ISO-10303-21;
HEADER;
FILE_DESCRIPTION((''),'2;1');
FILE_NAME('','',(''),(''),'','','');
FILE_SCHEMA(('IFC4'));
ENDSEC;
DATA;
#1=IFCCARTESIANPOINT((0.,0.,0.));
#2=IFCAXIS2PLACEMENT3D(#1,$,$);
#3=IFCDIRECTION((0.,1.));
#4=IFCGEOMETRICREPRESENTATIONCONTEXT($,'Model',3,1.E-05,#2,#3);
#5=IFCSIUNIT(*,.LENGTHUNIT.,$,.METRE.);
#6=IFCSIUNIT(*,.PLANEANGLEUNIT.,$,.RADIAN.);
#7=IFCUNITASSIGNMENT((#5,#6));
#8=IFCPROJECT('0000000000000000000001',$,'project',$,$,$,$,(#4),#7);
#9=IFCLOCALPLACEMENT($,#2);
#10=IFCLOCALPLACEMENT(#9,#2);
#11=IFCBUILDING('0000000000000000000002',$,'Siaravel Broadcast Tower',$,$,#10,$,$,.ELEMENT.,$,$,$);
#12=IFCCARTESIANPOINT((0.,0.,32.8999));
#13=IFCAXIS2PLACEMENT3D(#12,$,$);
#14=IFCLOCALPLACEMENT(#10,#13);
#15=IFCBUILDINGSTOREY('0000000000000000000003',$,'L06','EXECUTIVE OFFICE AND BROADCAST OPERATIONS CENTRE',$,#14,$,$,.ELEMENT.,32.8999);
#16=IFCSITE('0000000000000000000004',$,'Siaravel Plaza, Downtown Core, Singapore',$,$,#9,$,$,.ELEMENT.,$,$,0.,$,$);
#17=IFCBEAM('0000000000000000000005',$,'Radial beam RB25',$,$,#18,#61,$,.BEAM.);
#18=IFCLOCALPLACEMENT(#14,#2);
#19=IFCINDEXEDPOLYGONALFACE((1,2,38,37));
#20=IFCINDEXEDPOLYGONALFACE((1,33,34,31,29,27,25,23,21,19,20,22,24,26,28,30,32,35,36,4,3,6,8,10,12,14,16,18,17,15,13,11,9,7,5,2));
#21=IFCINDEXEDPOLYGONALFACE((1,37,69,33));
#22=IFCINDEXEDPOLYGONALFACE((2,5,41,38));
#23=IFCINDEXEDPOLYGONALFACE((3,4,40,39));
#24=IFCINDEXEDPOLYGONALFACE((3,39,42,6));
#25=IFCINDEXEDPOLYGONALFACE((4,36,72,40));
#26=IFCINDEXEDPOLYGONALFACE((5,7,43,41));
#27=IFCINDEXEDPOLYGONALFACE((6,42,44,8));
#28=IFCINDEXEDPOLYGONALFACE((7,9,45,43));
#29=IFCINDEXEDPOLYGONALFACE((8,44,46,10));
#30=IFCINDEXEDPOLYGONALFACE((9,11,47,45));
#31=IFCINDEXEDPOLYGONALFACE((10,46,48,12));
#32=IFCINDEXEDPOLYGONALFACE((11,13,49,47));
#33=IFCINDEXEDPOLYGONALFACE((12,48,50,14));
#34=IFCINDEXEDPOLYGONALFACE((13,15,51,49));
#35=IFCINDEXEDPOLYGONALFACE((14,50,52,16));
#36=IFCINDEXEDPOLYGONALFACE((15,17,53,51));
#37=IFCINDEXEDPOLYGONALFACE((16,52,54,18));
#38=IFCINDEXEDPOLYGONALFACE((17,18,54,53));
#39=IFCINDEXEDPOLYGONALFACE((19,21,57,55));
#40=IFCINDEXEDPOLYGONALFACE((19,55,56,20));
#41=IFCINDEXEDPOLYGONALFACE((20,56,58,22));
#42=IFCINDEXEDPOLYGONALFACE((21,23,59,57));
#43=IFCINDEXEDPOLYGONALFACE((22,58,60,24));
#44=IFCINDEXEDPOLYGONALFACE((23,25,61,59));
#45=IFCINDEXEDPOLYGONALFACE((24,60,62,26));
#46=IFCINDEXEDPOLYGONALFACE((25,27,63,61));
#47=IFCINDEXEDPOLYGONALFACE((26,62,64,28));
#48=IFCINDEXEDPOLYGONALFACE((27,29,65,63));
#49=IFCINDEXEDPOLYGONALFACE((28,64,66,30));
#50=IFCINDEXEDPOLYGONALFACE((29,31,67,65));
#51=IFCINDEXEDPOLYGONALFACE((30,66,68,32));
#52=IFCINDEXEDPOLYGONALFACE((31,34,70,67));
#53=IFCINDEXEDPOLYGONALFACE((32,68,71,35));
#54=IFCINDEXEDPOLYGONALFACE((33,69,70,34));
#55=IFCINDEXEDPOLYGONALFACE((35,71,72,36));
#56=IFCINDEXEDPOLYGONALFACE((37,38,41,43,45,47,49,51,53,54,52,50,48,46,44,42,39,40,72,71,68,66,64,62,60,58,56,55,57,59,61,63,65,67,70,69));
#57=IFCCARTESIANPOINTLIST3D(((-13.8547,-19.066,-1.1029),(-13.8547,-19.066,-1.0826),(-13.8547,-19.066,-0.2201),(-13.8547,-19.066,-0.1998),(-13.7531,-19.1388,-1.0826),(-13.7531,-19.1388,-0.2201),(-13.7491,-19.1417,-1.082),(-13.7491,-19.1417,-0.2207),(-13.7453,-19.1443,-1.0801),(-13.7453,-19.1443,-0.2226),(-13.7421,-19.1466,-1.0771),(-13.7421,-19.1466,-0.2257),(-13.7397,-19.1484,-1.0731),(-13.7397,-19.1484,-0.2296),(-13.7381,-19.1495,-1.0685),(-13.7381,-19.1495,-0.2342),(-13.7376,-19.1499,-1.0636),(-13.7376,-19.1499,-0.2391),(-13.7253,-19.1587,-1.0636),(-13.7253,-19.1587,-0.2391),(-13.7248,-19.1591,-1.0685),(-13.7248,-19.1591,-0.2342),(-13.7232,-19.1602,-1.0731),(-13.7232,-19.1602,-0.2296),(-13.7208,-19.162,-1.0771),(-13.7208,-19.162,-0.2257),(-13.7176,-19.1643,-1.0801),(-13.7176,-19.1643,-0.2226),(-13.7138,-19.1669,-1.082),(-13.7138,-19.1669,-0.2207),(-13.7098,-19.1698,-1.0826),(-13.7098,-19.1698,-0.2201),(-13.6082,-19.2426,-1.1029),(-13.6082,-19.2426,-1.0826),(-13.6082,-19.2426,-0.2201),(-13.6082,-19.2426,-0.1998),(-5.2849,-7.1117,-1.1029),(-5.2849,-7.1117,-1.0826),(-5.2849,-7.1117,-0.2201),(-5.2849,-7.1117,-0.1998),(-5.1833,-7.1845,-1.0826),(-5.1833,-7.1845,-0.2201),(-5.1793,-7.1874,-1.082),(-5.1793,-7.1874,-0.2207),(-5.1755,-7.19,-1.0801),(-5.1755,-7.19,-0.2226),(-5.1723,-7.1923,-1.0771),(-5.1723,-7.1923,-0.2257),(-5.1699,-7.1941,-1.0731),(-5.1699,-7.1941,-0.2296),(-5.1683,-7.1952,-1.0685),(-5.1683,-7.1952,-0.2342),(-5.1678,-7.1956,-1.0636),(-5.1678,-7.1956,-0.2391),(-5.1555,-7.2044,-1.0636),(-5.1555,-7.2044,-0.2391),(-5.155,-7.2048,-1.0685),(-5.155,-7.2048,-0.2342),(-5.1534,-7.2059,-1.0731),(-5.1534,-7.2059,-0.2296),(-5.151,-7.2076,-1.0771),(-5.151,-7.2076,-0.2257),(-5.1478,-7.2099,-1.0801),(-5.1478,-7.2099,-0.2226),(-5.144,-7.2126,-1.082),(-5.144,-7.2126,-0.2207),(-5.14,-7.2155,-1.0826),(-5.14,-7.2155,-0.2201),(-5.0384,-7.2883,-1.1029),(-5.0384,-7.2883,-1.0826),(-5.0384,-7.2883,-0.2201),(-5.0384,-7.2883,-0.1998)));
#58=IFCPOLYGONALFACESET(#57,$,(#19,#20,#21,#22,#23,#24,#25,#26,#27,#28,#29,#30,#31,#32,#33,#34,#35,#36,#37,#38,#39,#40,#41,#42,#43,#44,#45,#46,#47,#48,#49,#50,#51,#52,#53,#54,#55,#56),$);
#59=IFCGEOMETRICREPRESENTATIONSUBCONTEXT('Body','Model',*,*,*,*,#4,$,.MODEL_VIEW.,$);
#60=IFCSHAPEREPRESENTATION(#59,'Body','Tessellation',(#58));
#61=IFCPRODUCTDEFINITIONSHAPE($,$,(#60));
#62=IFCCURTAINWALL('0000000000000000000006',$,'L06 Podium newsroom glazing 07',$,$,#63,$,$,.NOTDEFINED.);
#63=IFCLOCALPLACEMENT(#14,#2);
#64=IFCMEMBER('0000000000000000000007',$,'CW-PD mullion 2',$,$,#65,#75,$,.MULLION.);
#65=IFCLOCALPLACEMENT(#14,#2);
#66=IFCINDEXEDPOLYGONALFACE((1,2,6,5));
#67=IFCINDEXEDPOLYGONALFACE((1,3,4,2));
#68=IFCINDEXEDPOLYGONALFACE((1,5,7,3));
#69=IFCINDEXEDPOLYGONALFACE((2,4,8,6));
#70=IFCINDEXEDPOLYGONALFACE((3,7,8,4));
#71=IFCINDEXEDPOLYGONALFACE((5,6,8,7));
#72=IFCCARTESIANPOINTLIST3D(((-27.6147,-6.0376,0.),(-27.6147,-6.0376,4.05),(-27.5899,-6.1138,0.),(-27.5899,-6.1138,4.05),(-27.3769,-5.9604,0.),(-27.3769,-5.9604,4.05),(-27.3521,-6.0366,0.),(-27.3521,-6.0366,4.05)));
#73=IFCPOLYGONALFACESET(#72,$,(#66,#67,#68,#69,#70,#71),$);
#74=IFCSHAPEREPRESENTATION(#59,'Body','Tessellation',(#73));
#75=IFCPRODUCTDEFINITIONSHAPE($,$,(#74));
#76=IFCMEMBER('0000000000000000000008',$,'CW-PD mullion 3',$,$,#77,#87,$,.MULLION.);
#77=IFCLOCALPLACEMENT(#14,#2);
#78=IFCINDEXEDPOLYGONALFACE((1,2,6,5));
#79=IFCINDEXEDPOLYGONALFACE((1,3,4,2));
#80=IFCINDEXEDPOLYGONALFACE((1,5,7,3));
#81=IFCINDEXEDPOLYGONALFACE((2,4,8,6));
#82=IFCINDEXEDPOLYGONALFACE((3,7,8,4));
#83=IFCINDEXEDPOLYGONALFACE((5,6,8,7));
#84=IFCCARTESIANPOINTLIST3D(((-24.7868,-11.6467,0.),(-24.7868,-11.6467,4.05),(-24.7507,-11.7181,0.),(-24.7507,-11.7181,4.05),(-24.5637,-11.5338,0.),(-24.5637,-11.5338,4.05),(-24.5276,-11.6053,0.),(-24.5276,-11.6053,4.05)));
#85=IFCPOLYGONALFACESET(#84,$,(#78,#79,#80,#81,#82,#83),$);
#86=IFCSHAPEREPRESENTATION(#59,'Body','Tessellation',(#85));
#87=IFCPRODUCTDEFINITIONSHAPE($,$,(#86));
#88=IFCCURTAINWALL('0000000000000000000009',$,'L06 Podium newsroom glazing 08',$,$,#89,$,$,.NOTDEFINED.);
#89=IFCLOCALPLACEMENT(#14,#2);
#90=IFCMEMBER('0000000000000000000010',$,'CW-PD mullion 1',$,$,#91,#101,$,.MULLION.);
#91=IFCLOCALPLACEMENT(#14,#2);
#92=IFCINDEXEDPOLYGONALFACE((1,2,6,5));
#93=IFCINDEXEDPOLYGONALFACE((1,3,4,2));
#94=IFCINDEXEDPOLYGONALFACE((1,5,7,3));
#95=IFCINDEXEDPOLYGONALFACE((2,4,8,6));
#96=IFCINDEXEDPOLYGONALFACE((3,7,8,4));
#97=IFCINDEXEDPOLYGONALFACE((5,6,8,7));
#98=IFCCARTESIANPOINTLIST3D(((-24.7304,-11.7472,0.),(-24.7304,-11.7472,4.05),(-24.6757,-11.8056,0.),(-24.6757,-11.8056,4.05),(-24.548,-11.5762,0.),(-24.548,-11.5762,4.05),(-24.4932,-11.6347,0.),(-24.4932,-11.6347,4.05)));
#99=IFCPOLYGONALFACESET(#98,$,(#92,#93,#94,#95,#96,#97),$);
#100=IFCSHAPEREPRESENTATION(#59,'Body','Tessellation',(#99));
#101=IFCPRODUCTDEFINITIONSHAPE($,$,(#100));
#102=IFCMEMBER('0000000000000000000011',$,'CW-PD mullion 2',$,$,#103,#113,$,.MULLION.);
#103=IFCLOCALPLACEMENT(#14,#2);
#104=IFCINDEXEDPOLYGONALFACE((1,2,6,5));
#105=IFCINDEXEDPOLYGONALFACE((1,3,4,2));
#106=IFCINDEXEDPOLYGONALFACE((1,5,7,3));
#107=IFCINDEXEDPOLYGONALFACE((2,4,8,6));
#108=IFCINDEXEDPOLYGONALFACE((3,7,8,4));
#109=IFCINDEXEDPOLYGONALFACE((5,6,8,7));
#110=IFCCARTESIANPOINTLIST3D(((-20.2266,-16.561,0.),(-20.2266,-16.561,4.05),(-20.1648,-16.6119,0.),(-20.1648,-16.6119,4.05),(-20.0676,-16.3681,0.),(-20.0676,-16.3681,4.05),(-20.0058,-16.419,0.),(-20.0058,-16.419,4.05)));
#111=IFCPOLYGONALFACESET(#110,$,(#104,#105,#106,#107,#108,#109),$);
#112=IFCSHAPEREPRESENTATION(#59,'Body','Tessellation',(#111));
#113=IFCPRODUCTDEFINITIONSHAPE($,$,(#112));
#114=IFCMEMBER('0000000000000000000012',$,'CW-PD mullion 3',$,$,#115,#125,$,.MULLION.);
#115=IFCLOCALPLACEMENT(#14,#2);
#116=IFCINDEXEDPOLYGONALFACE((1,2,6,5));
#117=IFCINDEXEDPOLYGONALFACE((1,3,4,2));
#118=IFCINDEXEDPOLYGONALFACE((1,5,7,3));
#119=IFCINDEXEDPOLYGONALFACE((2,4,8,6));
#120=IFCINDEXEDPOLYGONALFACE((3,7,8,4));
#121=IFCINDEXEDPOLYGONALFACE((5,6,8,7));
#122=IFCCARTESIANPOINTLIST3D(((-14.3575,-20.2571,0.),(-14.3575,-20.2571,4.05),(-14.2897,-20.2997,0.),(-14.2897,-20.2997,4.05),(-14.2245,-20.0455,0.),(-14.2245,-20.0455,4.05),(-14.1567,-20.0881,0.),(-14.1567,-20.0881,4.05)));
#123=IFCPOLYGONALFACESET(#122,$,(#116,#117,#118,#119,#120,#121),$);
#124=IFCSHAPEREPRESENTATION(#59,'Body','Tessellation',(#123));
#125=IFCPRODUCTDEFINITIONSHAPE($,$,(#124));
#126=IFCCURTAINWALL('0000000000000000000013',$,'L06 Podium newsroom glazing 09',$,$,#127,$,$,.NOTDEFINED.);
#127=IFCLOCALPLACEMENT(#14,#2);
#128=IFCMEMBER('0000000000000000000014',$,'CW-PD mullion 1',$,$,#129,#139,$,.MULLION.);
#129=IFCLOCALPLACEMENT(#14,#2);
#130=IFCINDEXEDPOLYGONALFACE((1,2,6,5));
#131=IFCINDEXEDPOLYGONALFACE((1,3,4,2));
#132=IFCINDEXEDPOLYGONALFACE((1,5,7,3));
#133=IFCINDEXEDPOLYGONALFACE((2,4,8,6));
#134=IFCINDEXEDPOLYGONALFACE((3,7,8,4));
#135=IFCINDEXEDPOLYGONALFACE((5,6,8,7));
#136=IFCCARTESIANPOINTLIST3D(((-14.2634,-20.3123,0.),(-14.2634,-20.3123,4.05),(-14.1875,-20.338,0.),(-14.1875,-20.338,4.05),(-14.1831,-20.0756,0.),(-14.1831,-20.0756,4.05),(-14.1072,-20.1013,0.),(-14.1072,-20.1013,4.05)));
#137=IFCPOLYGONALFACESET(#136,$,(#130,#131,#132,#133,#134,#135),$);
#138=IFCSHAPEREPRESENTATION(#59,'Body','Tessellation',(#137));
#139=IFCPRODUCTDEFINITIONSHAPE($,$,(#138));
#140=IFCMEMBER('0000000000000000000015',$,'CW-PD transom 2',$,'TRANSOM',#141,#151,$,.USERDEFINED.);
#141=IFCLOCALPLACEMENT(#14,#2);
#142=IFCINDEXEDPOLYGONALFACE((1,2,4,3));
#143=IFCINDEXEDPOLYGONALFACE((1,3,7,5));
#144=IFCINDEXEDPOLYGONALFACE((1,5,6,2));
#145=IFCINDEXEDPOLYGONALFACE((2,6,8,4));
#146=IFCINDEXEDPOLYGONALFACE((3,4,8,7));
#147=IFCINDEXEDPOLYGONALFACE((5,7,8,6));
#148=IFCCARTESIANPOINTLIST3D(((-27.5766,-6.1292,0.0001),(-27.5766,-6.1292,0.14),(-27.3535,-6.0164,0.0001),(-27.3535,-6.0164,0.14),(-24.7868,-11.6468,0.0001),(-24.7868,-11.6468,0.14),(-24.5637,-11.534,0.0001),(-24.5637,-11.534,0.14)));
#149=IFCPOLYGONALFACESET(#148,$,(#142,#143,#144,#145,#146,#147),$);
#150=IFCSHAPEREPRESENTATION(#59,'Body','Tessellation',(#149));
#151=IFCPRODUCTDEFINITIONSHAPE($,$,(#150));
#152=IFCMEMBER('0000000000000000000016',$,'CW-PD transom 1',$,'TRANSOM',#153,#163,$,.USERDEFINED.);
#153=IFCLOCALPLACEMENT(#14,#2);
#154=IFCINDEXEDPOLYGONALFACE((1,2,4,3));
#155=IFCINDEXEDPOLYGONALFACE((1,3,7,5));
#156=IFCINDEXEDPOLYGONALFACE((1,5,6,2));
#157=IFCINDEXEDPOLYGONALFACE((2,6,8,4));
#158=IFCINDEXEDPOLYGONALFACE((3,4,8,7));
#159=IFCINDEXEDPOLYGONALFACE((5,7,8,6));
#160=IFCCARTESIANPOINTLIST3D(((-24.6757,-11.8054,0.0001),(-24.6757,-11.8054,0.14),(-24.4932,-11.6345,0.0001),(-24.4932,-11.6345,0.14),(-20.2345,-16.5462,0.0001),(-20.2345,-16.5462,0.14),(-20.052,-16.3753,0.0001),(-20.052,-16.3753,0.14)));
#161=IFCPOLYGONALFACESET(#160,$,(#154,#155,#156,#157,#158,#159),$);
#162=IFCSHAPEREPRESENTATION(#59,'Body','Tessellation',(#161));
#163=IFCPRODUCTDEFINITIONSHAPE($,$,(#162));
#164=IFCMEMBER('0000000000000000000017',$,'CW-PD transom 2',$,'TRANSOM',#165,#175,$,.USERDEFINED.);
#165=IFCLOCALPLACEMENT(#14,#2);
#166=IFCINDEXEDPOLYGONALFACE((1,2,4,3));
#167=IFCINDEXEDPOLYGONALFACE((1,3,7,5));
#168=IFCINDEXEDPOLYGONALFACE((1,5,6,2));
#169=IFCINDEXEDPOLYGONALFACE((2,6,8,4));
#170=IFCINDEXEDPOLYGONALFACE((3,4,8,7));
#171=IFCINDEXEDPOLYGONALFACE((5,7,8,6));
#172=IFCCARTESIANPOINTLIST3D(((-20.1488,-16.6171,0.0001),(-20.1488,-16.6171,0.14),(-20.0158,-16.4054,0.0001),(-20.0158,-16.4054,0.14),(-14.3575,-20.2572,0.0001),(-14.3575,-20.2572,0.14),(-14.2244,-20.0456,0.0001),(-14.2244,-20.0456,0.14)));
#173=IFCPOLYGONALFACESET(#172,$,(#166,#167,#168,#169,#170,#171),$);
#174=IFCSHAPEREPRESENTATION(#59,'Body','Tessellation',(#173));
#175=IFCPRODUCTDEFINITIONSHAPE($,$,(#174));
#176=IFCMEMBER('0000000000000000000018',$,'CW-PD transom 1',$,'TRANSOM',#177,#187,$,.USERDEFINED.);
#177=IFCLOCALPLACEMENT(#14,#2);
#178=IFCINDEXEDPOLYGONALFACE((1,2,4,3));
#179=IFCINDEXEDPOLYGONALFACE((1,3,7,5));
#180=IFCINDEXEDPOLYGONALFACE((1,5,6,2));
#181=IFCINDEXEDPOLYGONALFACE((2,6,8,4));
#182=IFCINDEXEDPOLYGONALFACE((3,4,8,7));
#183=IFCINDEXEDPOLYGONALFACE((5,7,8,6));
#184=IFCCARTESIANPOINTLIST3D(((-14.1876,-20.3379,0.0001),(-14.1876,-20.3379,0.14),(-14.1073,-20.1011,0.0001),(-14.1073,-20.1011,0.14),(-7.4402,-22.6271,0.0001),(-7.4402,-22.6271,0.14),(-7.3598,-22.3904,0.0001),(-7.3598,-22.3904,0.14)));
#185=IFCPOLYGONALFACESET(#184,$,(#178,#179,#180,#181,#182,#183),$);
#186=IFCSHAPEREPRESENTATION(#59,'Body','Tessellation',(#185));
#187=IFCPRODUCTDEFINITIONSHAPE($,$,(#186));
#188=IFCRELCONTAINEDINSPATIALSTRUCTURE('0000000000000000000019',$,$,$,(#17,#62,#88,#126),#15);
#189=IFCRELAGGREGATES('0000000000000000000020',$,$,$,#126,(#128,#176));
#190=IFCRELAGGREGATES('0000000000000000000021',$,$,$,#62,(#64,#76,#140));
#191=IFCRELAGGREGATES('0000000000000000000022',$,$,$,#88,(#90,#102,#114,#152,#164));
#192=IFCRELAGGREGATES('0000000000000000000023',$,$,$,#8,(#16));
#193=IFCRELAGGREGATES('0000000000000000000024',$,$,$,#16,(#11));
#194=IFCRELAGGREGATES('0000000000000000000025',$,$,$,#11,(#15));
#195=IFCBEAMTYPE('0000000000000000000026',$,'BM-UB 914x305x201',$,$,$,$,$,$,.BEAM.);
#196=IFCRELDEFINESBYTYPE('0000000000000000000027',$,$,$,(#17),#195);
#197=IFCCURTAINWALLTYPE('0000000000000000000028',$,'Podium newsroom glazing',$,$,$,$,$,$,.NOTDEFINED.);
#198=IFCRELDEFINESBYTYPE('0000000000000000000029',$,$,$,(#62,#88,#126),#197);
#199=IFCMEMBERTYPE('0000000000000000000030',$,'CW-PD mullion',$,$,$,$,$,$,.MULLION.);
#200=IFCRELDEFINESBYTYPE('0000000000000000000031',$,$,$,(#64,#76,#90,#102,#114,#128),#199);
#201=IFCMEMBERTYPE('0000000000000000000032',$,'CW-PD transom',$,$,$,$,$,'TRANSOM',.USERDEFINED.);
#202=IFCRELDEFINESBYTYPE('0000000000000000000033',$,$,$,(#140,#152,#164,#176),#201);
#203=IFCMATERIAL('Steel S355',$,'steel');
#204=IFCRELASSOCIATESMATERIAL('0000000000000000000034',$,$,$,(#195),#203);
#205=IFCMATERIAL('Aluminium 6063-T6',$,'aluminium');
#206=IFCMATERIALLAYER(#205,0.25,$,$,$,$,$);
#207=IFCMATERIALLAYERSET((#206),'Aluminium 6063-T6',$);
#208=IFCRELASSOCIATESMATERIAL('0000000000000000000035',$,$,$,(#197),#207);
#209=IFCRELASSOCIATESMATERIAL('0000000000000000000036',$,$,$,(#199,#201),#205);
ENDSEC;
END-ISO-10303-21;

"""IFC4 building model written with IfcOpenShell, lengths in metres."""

from ifc_helpers import new_model, si_unit, direction, frame, origin, origin_2d, place, context, subcontext, project, spatial, rectangle, i_section, extrude, material, layer, layer_set, material_profile, profile_set, type_object, element, aggregate, save


model = new_model("IFC4")

# Units and contexts
model_context = context("Model", 3, precision=1e-05, world=origin(), true_north=direction((0.0, 1.0)))
body_context = subcontext(model_context, "Body", "Model", "MODEL_VIEW")
ifc_project = project(units=[si_unit("LENGTHUNIT", "METRE"), si_unit("PLANEANGLEUNIT", "RADIAN")], contexts=[model_context])

# Site, building, storey
site_placement = place(None, origin())
site = spatial("IfcSite", under=ifc_project, at=site_placement, Name="Siaravel Plaza, Downtown Core, Singapore", CompositionType="ELEMENT", RefElevation=0.0)
building_placement = place(site_placement, origin())
building = spatial("IfcBuilding", under=site, at=building_placement, Name="Siaravel Broadcast Tower", CompositionType="ELEMENT")
storey_placement = place(building_placement, frame((0.0, 0.0, 32.8999)))
storey = spatial("IfcBuildingStorey", under=building, at=storey_placement, Name="L06", Description="EXECUTIVE OFFICE AND BROADCAST OPERATIONS CENTRE", CompositionType="ELEMENT", Elevation=32.8999)

# Beam
ifc_material_1 = material(Name="Steel S355", Category="steel")
ifc_material_profile_1 = material_profile(ifc_material_1, i_section(OverallWidth=0.3032, OverallDepth=0.9031, WebThickness=0.0151, FlangeThickness=0.0203, FilletRadius=0.019, at=origin_2d()))
ifc_profile_set_1 = profile_set([ifc_material_profile_1], Name="Steel S355")
beam_type = type_object("IfcBeamType", Name="BM-UB 914x305x201", PredefinedType="BEAM", material=ifc_profile_set_1)
beam_1_placement = place(storey_placement, frame((-13.7314, -19.1543, -0.6514), z_axis=(0.582633, 0.812735, 0.0), x_axis=(-0.812735, 0.582633, 0.0)))
element("IfcBeam", 1, at=beam_1_placement, inside=storey, type_object=beam_type, Name="Radial beam RB25", PredefinedType="BEAM", context=body_context, shape_type="SweptSolid", body=[
    extrude(i_section(OverallWidth=0.3032, OverallDepth=0.9031, WebThickness=0.0151, FlangeThickness=0.0203, FilletRadius=0.019, at=origin_2d()), origin(), (0.0, 0.0, 1.0), 14.7087),
])

# Curtain walls, members
ifc_material_2 = material(Name="Aluminium 6063-T6", Category="aluminium")
ifc_layer_1 = layer(ifc_material_2, 0.25)
ifc_layer_set_1 = layer_set([ifc_layer_1], Name="Aluminium 6063-T6")
curtain_wall_type = type_object("IfcCurtainWallType", Name="Podium newsroom glazing", PredefinedType="NOTDEFINED", material=ifc_layer_set_1)
curtain_wall_1_placement = place(storey_placement, origin())
curtain_wall_1 = element("IfcCurtainWall", 2, at=curtain_wall_1_placement, inside=storey, type_object=curtain_wall_type, Name="L06 Podium newsroom glazing 07", PredefinedType="NOTDEFINED")
ifc_material_profile_2 = material_profile(ifc_material_2, rectangle(XDim=0.25, YDim=0.0801, at=origin_2d()))
ifc_profile_set_2 = profile_set([ifc_material_profile_2], Name="Aluminium 6063-T6")
member_type_1 = type_object("IfcMemberType", Name="CW-PD mullion", PredefinedType="MULLION", material=ifc_profile_set_2)
member_1_placement = place(storey_placement, frame((-27.4834, -6.0371, 0.0), z_axis=(0.0, 0.0, 1.0), x_axis=(0.951177, 0.308646, 0.0)))
member_1 = element("IfcMember", 3, at=member_1_placement, type_object=member_type_1, Name="CW-PD mullion 2", PredefinedType="MULLION", context=body_context, shape_type="SweptSolid", body=[
    extrude(rectangle(XDim=0.25, YDim=0.0801, at=origin_2d()), origin(), (0.0, 0.0, 1.0), 4.05),
])
member_2_placement = place(storey_placement, frame((-24.6572, -11.626, 0.0), z_axis=(0.0, 0.0, 1.0), x_axis=(0.892391, 0.451262, 0.0)))
member_2 = element("IfcMember", 4, at=member_2_placement, type_object=member_type_1, Name="CW-PD mullion 3", PredefinedType="MULLION", context=body_context, shape_type="SweptSolid", body=[
    extrude(rectangle(XDim=0.25, YDim=0.0801, at=origin_2d()), origin(), (0.0, 0.0, 1.0), 4.05),
])
curtain_wall_2_placement = place(storey_placement, origin())
curtain_wall_2 = element("IfcCurtainWall", 5, at=curtain_wall_2_placement, inside=storey, type_object=curtain_wall_type, Name="L06 Podium newsroom glazing 08", PredefinedType="NOTDEFINED")
member_3_placement = place(storey_placement, frame((-24.6118, -11.6909, 0.0), z_axis=(0.0, 0.0, 1.0), x_axis=(0.729804, 0.683656, 0.0)))
member_3 = element("IfcMember", 6, at=member_3_placement, type_object=member_type_1, Name="CW-PD mullion 1", PredefinedType="MULLION", context=body_context, shape_type="SweptSolid", body=[
    extrude(rectangle(XDim=0.25, YDim=0.0801, at=origin_2d()), origin(), (0.0, 0.0, 1.0), 4.05),
])
member_4_placement = place(storey_placement, frame((-20.1162, -16.49, 0.0), z_axis=(0.0, 0.0, 1.0), x_axis=(0.636218, 0.77151, 0.0)))
member_4 = element("IfcMember", 7, at=member_4_placement, type_object=member_type_1, Name="CW-PD mullion 2", PredefinedType="MULLION", context=body_context, shape_type="SweptSolid", body=[
    extrude(rectangle(XDim=0.25, YDim=0.0801, at=origin_2d()), origin(), (0.0, 0.0, 1.0), 4.05),
])
member_5_placement = place(storey_placement, frame((-14.2571, -20.1726, 0.0), z_axis=(0.0, 0.0, 1.0), x_axis=(0.532148, 0.846651, 0.0)))
member_5 = element("IfcMember", 8, at=member_5_placement, type_object=member_type_1, Name="CW-PD mullion 3", PredefinedType="MULLION", context=body_context, shape_type="SweptSolid", body=[
    extrude(rectangle(XDim=0.25, YDim=0.0801, at=origin_2d()), origin(), (0.0, 0.0, 1.0), 4.05),
])

# Curtain wall, member
curtain_wall_3_placement = place(storey_placement, origin())
curtain_wall_3 = element("IfcCurtainWall", 9, at=curtain_wall_3_placement, inside=storey, type_object=curtain_wall_type, Name="L06 Podium newsroom glazing 09", PredefinedType="NOTDEFINED")
member_6_placement = place(storey_placement, frame((-14.1853, -20.2068, 0.0), z_axis=(0.0, 0.0, 1.0), x_axis=(0.3213, 0.946977, 0.0)))
member_6 = element("IfcMember", 10, at=member_6_placement, type_object=member_type_1, Name="CW-PD mullion 1", PredefinedType="MULLION", context=body_context, shape_type="SweptSolid", body=[
    extrude(rectangle(XDim=0.25, YDim=0.0801, at=origin_2d()), origin(), (0.0, 0.0, 1.0), 4.05),
])

# Members
ifc_material_profile_3 = material_profile(ifc_material_2, rectangle(XDim=0.25, YDim=0.1399, at=origin_2d()))
ifc_profile_set_3 = profile_set([ifc_material_profile_3], Name="Aluminium 6063-T6")
member_type_2 = type_object("IfcMemberType", Name="CW-PD transom", ElementType="TRANSOM", PredefinedType="USERDEFINED", material=ifc_profile_set_3)
member_7_placement = place(storey_placement, frame((-27.4651, -6.0728, 0.0701), z_axis=(0.451221, -0.892412, 0.0), x_axis=(0.892412, 0.451221, 0.0)))
member_7 = element("IfcMember", 11, at=member_7_placement, type_object=member_type_2, Name="CW-PD transom 2", ObjectType="TRANSOM", PredefinedType="USERDEFINED", context=body_context, shape_type="SweptSolid", body=[
    extrude(rectangle(XDim=0.25, YDim=0.1399, at=origin_2d()), origin(), (0.0, 0.0, 1.0), 6.1829),
])
member_8_placement = place(storey_placement, frame((-24.5845, -11.72, 0.0701), z_axis=(0.683674, -0.729788, 0.0), x_axis=(0.729788, 0.683674, 0.0)))
member_8 = element("IfcMember", 12, at=member_8_placement, type_object=member_type_2, Name="CW-PD transom 1", ObjectType="TRANSOM", PredefinedType="USERDEFINED", context=body_context, shape_type="SweptSolid", body=[
    extrude(rectangle(XDim=0.25, YDim=0.1399, at=origin_2d()), origin(), (0.0, 0.0, 1.0), 6.4961),
])
member_9_placement = place(storey_placement, frame((-20.0823, -16.5112, 0.0701), z_axis=(0.846642, -0.532163, 0.0), x_axis=(0.532163, 0.846642, 0.0)))
member_9 = element("IfcMember", 13, at=member_9_placement, type_object=member_type_2, Name="CW-PD transom 2", ObjectType="TRANSOM", PredefinedType="USERDEFINED", context=body_context, shape_type="SweptSolid", body=[
    extrude(rectangle(XDim=0.25, YDim=0.1399, at=origin_2d()), origin(), (0.0, 0.0, 1.0), 6.8403),
])
member_10_placement = place(storey_placement, frame((-14.1475, -20.2195, 0.0701), z_axis=(0.946981, -0.321291, 0.0), x_axis=(0.321291, 0.946981, 0.0)))
member_10 = element("IfcMember", 14, at=member_10_placement, type_object=member_type_2, Name="CW-PD transom 1", ObjectType="TRANSOM", PredefinedType="USERDEFINED", context=body_context, shape_type="SweptSolid", body=[
    extrude(rectangle(XDim=0.25, YDim=0.1399, at=origin_2d()), origin(), (0.0, 0.0, 1.0), 7.1252),
])
aggregate(curtain_wall_3, [member_6, member_10])

aggregate(curtain_wall_1, [member_1, member_2, member_7])
aggregate(curtain_wall_2, [member_3, member_4, member_5, member_8, member_9])

save(model, "model.ifc")
